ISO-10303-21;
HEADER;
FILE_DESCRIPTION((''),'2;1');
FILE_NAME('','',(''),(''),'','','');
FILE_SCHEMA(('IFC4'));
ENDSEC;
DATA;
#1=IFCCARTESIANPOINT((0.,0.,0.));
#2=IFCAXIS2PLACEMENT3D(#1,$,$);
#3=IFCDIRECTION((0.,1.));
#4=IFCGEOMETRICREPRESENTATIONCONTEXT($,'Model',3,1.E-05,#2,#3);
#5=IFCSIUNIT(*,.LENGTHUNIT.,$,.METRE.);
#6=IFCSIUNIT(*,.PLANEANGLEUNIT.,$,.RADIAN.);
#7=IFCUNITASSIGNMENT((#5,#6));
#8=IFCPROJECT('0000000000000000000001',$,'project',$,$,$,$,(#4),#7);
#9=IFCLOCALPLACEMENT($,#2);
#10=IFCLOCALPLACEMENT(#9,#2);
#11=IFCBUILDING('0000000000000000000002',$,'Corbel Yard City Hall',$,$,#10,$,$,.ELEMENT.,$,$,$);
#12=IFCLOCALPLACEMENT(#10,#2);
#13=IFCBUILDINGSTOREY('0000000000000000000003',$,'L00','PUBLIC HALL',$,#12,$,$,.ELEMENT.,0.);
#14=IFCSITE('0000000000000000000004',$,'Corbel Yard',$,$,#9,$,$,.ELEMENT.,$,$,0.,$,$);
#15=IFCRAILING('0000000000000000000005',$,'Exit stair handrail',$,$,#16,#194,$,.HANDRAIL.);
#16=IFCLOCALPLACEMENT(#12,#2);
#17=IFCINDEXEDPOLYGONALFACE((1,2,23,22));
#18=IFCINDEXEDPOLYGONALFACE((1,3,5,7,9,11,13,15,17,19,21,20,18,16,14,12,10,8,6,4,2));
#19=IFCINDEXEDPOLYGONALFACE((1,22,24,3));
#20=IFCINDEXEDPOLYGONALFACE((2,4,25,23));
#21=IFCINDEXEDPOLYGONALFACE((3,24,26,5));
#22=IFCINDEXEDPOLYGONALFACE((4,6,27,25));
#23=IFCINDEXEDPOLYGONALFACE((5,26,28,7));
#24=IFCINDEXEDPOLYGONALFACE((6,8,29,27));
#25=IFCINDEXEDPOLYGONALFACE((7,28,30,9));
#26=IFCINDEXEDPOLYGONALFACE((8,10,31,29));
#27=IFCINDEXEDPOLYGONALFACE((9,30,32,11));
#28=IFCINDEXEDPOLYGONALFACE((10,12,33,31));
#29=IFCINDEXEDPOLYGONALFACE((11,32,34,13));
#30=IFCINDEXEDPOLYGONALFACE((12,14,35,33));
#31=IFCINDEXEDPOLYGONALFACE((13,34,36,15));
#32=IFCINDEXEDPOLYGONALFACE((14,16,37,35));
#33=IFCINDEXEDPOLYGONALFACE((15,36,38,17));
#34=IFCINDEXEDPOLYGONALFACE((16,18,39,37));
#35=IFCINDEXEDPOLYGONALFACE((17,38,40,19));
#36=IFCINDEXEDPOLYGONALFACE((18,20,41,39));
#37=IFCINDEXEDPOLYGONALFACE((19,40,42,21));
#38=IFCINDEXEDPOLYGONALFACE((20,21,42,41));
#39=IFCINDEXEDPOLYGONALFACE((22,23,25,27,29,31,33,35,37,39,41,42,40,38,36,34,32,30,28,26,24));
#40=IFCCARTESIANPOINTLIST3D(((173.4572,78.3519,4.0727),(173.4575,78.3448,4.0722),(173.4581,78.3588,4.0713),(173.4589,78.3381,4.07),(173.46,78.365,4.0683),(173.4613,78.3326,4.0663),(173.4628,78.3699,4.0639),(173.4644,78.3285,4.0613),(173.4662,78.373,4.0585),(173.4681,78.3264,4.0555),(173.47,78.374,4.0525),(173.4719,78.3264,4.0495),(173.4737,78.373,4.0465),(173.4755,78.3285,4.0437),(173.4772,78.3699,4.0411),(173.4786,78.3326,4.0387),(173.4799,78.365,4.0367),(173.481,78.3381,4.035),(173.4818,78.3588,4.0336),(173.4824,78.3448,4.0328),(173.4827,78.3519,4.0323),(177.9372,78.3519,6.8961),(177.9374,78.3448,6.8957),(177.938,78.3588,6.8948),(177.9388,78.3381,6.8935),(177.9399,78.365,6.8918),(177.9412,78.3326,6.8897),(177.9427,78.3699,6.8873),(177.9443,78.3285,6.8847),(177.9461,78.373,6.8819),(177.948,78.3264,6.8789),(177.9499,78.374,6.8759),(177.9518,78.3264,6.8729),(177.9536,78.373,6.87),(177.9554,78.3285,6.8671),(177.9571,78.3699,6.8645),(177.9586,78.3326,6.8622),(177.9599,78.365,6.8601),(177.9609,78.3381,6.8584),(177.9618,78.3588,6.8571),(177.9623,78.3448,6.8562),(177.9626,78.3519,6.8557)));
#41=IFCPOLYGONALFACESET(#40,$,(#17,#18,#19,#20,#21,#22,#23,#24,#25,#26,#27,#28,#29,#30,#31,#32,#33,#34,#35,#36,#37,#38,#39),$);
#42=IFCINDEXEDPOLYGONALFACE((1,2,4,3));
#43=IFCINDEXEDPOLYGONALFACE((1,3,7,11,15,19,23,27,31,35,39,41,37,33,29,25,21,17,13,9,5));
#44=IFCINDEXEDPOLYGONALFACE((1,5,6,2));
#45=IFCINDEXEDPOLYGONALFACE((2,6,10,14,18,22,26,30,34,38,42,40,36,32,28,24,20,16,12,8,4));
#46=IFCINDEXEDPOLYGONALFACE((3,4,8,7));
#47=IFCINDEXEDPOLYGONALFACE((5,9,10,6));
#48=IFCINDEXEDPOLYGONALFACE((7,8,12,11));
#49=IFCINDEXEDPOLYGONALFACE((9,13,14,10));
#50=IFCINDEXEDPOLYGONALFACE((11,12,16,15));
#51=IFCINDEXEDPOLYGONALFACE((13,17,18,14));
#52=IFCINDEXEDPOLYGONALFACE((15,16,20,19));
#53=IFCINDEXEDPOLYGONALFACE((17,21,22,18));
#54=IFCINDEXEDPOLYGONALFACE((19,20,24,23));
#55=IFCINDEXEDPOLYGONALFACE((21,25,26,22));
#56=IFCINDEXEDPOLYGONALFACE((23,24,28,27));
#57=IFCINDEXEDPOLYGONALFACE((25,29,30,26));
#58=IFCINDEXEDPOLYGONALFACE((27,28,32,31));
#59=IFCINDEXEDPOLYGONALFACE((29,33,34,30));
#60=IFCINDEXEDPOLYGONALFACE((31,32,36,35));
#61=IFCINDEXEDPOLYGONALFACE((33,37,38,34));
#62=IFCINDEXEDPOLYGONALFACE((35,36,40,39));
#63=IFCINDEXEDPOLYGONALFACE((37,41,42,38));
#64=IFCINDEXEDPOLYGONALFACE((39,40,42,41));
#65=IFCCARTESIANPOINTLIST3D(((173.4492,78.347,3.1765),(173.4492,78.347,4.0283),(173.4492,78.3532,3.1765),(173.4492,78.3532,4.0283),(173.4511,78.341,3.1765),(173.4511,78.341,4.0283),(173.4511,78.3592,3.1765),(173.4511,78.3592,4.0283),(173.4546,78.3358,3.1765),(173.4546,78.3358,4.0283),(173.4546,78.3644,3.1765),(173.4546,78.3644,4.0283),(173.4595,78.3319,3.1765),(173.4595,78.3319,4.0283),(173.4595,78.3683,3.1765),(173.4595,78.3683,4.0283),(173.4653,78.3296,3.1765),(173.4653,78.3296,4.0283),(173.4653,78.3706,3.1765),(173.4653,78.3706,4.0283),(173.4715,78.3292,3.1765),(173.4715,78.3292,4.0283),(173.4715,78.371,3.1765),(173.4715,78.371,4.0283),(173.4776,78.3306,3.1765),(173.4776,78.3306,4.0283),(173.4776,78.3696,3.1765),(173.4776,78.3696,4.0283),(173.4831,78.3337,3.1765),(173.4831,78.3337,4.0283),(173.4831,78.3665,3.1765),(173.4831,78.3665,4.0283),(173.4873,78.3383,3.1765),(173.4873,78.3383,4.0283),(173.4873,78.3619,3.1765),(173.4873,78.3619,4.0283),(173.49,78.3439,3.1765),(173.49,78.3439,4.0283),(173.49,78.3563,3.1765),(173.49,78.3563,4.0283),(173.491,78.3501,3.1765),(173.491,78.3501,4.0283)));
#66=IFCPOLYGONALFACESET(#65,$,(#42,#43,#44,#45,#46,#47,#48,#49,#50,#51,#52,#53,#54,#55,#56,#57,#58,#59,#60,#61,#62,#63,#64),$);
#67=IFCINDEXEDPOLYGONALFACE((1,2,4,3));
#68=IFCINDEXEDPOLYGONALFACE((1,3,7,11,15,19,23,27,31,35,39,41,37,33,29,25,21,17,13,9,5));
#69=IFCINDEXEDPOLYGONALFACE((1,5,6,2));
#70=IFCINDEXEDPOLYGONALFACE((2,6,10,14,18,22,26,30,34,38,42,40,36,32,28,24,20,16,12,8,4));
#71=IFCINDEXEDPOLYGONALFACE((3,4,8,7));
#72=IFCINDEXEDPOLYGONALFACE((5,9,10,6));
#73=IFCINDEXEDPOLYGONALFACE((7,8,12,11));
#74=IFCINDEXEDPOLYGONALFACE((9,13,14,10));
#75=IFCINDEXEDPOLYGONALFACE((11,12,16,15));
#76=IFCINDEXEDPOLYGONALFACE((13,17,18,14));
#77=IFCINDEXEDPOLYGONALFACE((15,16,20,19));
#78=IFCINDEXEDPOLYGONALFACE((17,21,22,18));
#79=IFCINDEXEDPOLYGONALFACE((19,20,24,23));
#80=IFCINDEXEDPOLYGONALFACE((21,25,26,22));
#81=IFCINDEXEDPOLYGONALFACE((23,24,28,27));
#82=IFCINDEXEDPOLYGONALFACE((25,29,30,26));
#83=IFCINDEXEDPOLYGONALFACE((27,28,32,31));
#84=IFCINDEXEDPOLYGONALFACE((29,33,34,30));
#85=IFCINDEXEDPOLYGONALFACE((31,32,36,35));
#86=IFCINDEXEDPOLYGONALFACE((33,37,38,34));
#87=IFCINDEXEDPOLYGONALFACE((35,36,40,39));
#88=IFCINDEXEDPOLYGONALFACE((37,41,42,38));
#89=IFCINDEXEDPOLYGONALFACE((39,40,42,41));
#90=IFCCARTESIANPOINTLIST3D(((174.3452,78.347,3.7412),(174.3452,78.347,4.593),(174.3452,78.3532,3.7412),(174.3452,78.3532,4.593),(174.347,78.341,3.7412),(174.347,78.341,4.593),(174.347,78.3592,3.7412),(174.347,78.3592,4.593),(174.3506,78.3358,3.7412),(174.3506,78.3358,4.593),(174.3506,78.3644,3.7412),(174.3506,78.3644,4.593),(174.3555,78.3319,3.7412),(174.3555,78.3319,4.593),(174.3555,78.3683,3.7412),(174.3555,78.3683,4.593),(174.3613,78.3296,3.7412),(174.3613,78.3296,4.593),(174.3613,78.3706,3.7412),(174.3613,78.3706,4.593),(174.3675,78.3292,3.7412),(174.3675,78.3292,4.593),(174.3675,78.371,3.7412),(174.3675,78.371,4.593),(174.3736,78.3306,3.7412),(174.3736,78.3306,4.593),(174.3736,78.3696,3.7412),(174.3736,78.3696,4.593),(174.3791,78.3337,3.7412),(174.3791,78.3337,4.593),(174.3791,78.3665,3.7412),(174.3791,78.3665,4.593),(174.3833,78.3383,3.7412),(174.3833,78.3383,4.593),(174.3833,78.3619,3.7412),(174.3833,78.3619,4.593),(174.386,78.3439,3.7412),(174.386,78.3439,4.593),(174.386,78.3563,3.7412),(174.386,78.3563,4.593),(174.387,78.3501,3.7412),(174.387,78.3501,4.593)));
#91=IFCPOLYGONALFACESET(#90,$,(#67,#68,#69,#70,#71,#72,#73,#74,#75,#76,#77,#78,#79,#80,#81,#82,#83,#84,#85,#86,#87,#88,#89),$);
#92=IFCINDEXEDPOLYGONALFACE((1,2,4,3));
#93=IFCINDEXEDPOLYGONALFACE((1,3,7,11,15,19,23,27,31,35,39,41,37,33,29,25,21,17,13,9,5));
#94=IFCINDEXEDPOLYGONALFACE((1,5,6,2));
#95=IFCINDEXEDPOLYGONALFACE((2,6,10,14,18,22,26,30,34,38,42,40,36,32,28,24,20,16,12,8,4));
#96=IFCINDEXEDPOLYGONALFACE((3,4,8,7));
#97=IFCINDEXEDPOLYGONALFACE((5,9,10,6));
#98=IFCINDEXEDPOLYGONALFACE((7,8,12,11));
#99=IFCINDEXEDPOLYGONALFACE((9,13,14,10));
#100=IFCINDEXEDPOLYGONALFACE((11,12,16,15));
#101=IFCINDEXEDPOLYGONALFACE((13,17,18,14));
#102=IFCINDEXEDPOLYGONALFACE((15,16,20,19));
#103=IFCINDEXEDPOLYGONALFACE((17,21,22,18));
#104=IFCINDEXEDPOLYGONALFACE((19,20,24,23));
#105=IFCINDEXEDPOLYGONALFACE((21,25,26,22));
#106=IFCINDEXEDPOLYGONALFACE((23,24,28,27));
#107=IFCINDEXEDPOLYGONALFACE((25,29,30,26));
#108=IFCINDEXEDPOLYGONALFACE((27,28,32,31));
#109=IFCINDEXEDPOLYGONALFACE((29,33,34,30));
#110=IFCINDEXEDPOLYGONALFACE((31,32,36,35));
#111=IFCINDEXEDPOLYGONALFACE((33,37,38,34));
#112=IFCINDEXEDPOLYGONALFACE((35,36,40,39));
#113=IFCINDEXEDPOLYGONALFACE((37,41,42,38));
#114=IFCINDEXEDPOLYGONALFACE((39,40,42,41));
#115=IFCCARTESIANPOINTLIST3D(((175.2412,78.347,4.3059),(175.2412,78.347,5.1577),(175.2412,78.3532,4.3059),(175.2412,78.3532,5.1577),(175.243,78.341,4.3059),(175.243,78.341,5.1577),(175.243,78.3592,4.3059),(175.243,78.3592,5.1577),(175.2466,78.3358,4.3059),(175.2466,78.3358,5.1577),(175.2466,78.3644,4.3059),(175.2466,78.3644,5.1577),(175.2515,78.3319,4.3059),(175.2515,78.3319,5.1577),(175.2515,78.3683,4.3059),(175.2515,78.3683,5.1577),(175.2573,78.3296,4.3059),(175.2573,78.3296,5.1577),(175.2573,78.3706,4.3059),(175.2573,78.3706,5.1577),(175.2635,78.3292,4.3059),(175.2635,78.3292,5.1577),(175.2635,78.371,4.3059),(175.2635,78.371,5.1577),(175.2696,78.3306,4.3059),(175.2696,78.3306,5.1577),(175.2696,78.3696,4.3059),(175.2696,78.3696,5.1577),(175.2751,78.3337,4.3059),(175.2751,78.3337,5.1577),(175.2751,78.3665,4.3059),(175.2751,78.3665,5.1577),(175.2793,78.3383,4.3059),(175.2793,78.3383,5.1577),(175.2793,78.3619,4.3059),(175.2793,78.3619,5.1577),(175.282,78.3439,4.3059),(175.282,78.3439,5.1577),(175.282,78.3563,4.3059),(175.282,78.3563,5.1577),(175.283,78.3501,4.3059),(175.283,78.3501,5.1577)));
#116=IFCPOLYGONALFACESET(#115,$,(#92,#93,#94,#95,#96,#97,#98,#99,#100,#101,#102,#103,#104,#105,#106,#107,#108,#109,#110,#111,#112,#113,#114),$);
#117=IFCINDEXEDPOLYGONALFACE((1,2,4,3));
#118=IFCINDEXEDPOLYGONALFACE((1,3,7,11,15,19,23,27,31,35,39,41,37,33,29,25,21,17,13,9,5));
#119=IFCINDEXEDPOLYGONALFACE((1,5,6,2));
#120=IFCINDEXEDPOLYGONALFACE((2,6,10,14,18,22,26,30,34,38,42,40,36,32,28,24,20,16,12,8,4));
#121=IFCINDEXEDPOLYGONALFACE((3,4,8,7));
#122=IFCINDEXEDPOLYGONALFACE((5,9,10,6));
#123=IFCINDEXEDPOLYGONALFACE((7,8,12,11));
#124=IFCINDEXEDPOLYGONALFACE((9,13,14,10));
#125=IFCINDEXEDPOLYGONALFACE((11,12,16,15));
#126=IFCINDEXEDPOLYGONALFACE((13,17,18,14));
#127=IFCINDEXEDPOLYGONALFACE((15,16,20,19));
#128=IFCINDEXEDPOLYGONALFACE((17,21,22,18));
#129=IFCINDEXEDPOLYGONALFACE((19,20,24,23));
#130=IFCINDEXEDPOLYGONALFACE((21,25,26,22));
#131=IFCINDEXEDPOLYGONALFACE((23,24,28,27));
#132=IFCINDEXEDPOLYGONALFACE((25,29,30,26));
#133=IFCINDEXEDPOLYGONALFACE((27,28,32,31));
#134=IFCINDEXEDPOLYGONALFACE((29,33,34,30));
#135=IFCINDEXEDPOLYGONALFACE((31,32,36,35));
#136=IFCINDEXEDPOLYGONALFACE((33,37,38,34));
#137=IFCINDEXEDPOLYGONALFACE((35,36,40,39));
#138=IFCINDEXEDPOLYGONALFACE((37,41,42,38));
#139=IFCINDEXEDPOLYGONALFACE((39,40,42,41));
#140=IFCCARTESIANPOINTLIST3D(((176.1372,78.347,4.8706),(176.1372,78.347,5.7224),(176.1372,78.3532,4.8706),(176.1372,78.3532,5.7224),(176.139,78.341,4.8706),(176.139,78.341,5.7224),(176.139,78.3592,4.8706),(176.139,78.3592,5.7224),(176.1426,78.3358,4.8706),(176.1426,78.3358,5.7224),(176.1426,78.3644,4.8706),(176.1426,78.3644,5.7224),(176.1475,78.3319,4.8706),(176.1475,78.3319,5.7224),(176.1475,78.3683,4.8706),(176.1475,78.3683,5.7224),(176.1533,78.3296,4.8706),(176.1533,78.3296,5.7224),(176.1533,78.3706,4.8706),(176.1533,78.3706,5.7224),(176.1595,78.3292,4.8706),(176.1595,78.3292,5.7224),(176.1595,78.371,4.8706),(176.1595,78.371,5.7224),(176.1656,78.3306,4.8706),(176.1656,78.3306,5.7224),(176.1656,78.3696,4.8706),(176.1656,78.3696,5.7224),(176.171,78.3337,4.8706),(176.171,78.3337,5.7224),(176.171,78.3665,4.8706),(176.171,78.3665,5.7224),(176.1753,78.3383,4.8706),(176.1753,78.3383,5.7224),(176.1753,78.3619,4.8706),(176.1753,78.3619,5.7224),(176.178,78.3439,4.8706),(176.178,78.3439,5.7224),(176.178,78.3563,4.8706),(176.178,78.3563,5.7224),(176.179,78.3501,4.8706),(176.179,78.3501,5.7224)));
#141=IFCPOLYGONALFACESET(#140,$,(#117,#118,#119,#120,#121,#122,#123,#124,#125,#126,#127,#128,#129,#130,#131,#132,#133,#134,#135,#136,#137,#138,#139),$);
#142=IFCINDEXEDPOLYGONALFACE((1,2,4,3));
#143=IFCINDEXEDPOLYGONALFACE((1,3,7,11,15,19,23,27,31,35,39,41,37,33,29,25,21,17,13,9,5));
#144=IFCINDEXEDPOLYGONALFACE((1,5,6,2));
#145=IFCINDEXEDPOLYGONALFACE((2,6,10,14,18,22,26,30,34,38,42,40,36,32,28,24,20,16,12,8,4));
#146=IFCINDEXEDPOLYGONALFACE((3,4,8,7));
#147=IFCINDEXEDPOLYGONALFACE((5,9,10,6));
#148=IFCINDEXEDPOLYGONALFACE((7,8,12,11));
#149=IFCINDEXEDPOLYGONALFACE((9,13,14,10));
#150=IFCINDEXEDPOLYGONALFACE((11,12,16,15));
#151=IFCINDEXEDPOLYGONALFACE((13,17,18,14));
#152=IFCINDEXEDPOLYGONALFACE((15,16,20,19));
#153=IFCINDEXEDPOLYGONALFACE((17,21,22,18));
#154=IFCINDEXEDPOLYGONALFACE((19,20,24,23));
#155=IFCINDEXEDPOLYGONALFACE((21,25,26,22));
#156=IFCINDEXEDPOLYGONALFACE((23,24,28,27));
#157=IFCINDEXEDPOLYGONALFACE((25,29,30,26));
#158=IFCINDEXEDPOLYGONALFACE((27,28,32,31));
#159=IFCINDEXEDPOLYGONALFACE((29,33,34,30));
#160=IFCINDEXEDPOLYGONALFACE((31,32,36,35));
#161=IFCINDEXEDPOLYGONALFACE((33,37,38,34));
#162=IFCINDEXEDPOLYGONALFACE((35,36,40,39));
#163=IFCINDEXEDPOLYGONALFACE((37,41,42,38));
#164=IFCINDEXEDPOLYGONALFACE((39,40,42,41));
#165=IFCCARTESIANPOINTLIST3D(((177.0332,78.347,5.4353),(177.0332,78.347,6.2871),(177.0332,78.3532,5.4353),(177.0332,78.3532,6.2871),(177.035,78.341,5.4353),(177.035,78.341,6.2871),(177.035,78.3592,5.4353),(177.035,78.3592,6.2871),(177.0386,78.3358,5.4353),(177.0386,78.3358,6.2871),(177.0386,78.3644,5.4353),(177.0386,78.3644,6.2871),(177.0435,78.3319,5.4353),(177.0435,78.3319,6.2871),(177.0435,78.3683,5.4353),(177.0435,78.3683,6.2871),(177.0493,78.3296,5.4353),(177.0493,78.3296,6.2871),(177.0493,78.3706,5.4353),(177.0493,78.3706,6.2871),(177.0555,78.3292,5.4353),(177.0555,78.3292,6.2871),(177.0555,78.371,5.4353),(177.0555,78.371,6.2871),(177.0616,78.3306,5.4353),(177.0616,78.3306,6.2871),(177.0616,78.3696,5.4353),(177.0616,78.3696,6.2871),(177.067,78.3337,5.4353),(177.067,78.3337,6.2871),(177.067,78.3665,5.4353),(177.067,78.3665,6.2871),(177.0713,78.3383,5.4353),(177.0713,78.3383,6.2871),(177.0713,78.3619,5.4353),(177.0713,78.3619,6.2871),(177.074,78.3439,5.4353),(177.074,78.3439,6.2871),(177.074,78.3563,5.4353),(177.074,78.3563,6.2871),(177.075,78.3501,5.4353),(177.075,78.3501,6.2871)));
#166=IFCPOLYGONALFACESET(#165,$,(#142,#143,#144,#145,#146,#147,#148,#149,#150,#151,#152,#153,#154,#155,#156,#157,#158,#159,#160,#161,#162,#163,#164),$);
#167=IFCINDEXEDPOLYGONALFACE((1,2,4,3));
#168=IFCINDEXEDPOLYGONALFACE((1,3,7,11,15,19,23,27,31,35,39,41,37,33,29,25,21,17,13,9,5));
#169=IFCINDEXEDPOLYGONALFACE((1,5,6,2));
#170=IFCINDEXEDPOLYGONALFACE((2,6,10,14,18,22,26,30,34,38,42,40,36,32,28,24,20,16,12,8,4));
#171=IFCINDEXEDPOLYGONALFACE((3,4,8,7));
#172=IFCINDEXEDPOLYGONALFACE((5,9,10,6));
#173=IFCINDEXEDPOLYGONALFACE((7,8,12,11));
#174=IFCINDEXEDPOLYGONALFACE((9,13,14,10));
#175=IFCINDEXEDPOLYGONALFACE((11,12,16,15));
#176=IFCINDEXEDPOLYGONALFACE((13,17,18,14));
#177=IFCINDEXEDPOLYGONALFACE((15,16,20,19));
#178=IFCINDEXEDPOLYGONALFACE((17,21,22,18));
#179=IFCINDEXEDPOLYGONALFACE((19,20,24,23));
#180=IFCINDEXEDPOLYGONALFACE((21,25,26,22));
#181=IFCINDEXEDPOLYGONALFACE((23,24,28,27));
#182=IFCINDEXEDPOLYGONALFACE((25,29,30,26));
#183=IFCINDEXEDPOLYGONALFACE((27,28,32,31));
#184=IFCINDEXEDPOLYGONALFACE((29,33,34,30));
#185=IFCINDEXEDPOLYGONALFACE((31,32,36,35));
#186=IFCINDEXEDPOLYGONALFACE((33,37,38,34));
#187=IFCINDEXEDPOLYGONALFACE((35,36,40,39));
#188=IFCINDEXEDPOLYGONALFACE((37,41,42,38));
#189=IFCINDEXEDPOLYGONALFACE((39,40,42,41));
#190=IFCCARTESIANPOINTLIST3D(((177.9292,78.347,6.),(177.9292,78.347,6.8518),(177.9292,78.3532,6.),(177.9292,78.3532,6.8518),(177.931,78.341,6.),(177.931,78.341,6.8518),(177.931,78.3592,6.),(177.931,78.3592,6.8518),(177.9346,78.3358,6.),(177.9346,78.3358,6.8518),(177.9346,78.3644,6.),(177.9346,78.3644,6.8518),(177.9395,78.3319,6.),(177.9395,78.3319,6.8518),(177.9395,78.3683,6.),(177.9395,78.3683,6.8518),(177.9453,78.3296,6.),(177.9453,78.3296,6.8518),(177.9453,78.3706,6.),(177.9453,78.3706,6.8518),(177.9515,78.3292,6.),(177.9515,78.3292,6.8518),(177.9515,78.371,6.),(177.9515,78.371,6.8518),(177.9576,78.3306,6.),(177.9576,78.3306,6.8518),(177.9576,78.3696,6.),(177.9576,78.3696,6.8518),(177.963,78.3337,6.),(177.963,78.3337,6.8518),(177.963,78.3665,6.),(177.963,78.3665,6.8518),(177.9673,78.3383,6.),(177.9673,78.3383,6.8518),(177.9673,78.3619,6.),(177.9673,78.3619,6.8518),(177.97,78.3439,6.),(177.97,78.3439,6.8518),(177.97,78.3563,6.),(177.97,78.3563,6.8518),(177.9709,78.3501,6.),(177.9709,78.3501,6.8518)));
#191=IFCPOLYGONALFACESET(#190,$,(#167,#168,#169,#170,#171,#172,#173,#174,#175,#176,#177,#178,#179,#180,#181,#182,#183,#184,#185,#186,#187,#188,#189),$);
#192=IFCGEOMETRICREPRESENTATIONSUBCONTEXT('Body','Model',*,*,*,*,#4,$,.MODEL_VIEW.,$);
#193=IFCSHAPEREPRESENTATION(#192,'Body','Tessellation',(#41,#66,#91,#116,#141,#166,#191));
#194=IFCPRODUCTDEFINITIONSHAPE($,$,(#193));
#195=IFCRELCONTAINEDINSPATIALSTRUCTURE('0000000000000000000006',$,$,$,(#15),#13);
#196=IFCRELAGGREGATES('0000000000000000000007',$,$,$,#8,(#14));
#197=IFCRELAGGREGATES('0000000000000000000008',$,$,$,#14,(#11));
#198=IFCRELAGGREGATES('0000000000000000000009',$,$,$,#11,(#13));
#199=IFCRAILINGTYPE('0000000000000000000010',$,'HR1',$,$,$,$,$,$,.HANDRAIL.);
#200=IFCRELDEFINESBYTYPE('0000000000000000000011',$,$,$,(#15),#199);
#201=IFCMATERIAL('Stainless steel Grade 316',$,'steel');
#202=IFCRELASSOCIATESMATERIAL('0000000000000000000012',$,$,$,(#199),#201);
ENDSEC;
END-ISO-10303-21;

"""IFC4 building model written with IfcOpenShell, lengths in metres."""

from ifc_helpers import new_model, si_unit, direction, frame, origin, origin_2d, place, context, subcontext, project, spatial, circle, extrude, material, type_object, element, save


model = new_model("IFC4")

# Units and contexts
model_context = context("Model", 3, precision=1e-05, world=origin(), true_north=direction((0.0, 1.0)))
body_context = subcontext(model_context, "Body", "Model", "MODEL_VIEW")
ifc_project = project(units=[si_unit("LENGTHUNIT", "METRE"), si_unit("PLANEANGLEUNIT", "RADIAN")], contexts=[model_context])

# Site, building, storey
site_placement = place(None, origin())
site = spatial("IfcSite", under=ifc_project, at=site_placement, Name="Corbel Yard", CompositionType="ELEMENT", RefElevation=0.0)
building_placement = place(site_placement, origin())
building = spatial("IfcBuilding", under=site, at=building_placement, Name="Corbel Yard City Hall", CompositionType="ELEMENT")
storey_placement = place(building_placement, origin())
storey = spatial("IfcBuildingStorey", under=building, at=storey_placement, Name="L00", Description="PUBLIC HALL", CompositionType="ELEMENT", Elevation=0.0)

# Shared definitions
ifc_material_1 = material(Name="Stainless steel Grade 316", Category="steel")

# Railing
railing_type = type_object("IfcRailingType", Name="HR1", PredefinedType="HANDRAIL", material=ifc_material_1)
for number, where, name in (
    (1, (173.47, 78.3501, 3.1765), "Exit stair handrail"),
):
    element("IfcRailing", number, at=place(storey_placement, frame(where)), inside=storey, type_object=railing_type, Name=name, PredefinedType="HANDRAIL", context=body_context, shape_type="SweptSolid", body=[
        extrude(circle(Radius=0.0239, at=origin_2d()), frame((0.0, 0.0, 0.876), z_axis=(0.845998, 0.0, 0.533186), x_axis=(0.0, 1.0, 0.0)), (0.0, 0.0, 1.0), 5.2954),
        extrude(circle(Radius=0.021, at=origin_2d()), origin(), (0.0, 0.0, 1.0), 0.8518),
        extrude(circle(Radius=0.021, at=origin_2d()), frame((0.896, 0.0, 0.5647)), (0.0, 0.0, 1.0), 0.8518),
        extrude(circle(Radius=0.021, at=origin_2d()), frame((1.792, 0.0, 1.1294)), (0.0, 0.0, 1.0), 0.8518),
        extrude(circle(Radius=0.021, at=origin_2d()), frame((2.688, 0.0, 1.6941)), (0.0, 0.0, 1.0), 0.8518),
        extrude(circle(Radius=0.021, at=origin_2d()), frame((3.584, 0.0, 2.2588)), (0.0, 0.0, 1.0), 0.8518),
        extrude(circle(Radius=0.021, at=origin_2d()), frame((4.48, 0.0, 2.8235)), (0.0, 0.0, 1.0), 0.8518),
    ])

save(model, "model.ifc")
